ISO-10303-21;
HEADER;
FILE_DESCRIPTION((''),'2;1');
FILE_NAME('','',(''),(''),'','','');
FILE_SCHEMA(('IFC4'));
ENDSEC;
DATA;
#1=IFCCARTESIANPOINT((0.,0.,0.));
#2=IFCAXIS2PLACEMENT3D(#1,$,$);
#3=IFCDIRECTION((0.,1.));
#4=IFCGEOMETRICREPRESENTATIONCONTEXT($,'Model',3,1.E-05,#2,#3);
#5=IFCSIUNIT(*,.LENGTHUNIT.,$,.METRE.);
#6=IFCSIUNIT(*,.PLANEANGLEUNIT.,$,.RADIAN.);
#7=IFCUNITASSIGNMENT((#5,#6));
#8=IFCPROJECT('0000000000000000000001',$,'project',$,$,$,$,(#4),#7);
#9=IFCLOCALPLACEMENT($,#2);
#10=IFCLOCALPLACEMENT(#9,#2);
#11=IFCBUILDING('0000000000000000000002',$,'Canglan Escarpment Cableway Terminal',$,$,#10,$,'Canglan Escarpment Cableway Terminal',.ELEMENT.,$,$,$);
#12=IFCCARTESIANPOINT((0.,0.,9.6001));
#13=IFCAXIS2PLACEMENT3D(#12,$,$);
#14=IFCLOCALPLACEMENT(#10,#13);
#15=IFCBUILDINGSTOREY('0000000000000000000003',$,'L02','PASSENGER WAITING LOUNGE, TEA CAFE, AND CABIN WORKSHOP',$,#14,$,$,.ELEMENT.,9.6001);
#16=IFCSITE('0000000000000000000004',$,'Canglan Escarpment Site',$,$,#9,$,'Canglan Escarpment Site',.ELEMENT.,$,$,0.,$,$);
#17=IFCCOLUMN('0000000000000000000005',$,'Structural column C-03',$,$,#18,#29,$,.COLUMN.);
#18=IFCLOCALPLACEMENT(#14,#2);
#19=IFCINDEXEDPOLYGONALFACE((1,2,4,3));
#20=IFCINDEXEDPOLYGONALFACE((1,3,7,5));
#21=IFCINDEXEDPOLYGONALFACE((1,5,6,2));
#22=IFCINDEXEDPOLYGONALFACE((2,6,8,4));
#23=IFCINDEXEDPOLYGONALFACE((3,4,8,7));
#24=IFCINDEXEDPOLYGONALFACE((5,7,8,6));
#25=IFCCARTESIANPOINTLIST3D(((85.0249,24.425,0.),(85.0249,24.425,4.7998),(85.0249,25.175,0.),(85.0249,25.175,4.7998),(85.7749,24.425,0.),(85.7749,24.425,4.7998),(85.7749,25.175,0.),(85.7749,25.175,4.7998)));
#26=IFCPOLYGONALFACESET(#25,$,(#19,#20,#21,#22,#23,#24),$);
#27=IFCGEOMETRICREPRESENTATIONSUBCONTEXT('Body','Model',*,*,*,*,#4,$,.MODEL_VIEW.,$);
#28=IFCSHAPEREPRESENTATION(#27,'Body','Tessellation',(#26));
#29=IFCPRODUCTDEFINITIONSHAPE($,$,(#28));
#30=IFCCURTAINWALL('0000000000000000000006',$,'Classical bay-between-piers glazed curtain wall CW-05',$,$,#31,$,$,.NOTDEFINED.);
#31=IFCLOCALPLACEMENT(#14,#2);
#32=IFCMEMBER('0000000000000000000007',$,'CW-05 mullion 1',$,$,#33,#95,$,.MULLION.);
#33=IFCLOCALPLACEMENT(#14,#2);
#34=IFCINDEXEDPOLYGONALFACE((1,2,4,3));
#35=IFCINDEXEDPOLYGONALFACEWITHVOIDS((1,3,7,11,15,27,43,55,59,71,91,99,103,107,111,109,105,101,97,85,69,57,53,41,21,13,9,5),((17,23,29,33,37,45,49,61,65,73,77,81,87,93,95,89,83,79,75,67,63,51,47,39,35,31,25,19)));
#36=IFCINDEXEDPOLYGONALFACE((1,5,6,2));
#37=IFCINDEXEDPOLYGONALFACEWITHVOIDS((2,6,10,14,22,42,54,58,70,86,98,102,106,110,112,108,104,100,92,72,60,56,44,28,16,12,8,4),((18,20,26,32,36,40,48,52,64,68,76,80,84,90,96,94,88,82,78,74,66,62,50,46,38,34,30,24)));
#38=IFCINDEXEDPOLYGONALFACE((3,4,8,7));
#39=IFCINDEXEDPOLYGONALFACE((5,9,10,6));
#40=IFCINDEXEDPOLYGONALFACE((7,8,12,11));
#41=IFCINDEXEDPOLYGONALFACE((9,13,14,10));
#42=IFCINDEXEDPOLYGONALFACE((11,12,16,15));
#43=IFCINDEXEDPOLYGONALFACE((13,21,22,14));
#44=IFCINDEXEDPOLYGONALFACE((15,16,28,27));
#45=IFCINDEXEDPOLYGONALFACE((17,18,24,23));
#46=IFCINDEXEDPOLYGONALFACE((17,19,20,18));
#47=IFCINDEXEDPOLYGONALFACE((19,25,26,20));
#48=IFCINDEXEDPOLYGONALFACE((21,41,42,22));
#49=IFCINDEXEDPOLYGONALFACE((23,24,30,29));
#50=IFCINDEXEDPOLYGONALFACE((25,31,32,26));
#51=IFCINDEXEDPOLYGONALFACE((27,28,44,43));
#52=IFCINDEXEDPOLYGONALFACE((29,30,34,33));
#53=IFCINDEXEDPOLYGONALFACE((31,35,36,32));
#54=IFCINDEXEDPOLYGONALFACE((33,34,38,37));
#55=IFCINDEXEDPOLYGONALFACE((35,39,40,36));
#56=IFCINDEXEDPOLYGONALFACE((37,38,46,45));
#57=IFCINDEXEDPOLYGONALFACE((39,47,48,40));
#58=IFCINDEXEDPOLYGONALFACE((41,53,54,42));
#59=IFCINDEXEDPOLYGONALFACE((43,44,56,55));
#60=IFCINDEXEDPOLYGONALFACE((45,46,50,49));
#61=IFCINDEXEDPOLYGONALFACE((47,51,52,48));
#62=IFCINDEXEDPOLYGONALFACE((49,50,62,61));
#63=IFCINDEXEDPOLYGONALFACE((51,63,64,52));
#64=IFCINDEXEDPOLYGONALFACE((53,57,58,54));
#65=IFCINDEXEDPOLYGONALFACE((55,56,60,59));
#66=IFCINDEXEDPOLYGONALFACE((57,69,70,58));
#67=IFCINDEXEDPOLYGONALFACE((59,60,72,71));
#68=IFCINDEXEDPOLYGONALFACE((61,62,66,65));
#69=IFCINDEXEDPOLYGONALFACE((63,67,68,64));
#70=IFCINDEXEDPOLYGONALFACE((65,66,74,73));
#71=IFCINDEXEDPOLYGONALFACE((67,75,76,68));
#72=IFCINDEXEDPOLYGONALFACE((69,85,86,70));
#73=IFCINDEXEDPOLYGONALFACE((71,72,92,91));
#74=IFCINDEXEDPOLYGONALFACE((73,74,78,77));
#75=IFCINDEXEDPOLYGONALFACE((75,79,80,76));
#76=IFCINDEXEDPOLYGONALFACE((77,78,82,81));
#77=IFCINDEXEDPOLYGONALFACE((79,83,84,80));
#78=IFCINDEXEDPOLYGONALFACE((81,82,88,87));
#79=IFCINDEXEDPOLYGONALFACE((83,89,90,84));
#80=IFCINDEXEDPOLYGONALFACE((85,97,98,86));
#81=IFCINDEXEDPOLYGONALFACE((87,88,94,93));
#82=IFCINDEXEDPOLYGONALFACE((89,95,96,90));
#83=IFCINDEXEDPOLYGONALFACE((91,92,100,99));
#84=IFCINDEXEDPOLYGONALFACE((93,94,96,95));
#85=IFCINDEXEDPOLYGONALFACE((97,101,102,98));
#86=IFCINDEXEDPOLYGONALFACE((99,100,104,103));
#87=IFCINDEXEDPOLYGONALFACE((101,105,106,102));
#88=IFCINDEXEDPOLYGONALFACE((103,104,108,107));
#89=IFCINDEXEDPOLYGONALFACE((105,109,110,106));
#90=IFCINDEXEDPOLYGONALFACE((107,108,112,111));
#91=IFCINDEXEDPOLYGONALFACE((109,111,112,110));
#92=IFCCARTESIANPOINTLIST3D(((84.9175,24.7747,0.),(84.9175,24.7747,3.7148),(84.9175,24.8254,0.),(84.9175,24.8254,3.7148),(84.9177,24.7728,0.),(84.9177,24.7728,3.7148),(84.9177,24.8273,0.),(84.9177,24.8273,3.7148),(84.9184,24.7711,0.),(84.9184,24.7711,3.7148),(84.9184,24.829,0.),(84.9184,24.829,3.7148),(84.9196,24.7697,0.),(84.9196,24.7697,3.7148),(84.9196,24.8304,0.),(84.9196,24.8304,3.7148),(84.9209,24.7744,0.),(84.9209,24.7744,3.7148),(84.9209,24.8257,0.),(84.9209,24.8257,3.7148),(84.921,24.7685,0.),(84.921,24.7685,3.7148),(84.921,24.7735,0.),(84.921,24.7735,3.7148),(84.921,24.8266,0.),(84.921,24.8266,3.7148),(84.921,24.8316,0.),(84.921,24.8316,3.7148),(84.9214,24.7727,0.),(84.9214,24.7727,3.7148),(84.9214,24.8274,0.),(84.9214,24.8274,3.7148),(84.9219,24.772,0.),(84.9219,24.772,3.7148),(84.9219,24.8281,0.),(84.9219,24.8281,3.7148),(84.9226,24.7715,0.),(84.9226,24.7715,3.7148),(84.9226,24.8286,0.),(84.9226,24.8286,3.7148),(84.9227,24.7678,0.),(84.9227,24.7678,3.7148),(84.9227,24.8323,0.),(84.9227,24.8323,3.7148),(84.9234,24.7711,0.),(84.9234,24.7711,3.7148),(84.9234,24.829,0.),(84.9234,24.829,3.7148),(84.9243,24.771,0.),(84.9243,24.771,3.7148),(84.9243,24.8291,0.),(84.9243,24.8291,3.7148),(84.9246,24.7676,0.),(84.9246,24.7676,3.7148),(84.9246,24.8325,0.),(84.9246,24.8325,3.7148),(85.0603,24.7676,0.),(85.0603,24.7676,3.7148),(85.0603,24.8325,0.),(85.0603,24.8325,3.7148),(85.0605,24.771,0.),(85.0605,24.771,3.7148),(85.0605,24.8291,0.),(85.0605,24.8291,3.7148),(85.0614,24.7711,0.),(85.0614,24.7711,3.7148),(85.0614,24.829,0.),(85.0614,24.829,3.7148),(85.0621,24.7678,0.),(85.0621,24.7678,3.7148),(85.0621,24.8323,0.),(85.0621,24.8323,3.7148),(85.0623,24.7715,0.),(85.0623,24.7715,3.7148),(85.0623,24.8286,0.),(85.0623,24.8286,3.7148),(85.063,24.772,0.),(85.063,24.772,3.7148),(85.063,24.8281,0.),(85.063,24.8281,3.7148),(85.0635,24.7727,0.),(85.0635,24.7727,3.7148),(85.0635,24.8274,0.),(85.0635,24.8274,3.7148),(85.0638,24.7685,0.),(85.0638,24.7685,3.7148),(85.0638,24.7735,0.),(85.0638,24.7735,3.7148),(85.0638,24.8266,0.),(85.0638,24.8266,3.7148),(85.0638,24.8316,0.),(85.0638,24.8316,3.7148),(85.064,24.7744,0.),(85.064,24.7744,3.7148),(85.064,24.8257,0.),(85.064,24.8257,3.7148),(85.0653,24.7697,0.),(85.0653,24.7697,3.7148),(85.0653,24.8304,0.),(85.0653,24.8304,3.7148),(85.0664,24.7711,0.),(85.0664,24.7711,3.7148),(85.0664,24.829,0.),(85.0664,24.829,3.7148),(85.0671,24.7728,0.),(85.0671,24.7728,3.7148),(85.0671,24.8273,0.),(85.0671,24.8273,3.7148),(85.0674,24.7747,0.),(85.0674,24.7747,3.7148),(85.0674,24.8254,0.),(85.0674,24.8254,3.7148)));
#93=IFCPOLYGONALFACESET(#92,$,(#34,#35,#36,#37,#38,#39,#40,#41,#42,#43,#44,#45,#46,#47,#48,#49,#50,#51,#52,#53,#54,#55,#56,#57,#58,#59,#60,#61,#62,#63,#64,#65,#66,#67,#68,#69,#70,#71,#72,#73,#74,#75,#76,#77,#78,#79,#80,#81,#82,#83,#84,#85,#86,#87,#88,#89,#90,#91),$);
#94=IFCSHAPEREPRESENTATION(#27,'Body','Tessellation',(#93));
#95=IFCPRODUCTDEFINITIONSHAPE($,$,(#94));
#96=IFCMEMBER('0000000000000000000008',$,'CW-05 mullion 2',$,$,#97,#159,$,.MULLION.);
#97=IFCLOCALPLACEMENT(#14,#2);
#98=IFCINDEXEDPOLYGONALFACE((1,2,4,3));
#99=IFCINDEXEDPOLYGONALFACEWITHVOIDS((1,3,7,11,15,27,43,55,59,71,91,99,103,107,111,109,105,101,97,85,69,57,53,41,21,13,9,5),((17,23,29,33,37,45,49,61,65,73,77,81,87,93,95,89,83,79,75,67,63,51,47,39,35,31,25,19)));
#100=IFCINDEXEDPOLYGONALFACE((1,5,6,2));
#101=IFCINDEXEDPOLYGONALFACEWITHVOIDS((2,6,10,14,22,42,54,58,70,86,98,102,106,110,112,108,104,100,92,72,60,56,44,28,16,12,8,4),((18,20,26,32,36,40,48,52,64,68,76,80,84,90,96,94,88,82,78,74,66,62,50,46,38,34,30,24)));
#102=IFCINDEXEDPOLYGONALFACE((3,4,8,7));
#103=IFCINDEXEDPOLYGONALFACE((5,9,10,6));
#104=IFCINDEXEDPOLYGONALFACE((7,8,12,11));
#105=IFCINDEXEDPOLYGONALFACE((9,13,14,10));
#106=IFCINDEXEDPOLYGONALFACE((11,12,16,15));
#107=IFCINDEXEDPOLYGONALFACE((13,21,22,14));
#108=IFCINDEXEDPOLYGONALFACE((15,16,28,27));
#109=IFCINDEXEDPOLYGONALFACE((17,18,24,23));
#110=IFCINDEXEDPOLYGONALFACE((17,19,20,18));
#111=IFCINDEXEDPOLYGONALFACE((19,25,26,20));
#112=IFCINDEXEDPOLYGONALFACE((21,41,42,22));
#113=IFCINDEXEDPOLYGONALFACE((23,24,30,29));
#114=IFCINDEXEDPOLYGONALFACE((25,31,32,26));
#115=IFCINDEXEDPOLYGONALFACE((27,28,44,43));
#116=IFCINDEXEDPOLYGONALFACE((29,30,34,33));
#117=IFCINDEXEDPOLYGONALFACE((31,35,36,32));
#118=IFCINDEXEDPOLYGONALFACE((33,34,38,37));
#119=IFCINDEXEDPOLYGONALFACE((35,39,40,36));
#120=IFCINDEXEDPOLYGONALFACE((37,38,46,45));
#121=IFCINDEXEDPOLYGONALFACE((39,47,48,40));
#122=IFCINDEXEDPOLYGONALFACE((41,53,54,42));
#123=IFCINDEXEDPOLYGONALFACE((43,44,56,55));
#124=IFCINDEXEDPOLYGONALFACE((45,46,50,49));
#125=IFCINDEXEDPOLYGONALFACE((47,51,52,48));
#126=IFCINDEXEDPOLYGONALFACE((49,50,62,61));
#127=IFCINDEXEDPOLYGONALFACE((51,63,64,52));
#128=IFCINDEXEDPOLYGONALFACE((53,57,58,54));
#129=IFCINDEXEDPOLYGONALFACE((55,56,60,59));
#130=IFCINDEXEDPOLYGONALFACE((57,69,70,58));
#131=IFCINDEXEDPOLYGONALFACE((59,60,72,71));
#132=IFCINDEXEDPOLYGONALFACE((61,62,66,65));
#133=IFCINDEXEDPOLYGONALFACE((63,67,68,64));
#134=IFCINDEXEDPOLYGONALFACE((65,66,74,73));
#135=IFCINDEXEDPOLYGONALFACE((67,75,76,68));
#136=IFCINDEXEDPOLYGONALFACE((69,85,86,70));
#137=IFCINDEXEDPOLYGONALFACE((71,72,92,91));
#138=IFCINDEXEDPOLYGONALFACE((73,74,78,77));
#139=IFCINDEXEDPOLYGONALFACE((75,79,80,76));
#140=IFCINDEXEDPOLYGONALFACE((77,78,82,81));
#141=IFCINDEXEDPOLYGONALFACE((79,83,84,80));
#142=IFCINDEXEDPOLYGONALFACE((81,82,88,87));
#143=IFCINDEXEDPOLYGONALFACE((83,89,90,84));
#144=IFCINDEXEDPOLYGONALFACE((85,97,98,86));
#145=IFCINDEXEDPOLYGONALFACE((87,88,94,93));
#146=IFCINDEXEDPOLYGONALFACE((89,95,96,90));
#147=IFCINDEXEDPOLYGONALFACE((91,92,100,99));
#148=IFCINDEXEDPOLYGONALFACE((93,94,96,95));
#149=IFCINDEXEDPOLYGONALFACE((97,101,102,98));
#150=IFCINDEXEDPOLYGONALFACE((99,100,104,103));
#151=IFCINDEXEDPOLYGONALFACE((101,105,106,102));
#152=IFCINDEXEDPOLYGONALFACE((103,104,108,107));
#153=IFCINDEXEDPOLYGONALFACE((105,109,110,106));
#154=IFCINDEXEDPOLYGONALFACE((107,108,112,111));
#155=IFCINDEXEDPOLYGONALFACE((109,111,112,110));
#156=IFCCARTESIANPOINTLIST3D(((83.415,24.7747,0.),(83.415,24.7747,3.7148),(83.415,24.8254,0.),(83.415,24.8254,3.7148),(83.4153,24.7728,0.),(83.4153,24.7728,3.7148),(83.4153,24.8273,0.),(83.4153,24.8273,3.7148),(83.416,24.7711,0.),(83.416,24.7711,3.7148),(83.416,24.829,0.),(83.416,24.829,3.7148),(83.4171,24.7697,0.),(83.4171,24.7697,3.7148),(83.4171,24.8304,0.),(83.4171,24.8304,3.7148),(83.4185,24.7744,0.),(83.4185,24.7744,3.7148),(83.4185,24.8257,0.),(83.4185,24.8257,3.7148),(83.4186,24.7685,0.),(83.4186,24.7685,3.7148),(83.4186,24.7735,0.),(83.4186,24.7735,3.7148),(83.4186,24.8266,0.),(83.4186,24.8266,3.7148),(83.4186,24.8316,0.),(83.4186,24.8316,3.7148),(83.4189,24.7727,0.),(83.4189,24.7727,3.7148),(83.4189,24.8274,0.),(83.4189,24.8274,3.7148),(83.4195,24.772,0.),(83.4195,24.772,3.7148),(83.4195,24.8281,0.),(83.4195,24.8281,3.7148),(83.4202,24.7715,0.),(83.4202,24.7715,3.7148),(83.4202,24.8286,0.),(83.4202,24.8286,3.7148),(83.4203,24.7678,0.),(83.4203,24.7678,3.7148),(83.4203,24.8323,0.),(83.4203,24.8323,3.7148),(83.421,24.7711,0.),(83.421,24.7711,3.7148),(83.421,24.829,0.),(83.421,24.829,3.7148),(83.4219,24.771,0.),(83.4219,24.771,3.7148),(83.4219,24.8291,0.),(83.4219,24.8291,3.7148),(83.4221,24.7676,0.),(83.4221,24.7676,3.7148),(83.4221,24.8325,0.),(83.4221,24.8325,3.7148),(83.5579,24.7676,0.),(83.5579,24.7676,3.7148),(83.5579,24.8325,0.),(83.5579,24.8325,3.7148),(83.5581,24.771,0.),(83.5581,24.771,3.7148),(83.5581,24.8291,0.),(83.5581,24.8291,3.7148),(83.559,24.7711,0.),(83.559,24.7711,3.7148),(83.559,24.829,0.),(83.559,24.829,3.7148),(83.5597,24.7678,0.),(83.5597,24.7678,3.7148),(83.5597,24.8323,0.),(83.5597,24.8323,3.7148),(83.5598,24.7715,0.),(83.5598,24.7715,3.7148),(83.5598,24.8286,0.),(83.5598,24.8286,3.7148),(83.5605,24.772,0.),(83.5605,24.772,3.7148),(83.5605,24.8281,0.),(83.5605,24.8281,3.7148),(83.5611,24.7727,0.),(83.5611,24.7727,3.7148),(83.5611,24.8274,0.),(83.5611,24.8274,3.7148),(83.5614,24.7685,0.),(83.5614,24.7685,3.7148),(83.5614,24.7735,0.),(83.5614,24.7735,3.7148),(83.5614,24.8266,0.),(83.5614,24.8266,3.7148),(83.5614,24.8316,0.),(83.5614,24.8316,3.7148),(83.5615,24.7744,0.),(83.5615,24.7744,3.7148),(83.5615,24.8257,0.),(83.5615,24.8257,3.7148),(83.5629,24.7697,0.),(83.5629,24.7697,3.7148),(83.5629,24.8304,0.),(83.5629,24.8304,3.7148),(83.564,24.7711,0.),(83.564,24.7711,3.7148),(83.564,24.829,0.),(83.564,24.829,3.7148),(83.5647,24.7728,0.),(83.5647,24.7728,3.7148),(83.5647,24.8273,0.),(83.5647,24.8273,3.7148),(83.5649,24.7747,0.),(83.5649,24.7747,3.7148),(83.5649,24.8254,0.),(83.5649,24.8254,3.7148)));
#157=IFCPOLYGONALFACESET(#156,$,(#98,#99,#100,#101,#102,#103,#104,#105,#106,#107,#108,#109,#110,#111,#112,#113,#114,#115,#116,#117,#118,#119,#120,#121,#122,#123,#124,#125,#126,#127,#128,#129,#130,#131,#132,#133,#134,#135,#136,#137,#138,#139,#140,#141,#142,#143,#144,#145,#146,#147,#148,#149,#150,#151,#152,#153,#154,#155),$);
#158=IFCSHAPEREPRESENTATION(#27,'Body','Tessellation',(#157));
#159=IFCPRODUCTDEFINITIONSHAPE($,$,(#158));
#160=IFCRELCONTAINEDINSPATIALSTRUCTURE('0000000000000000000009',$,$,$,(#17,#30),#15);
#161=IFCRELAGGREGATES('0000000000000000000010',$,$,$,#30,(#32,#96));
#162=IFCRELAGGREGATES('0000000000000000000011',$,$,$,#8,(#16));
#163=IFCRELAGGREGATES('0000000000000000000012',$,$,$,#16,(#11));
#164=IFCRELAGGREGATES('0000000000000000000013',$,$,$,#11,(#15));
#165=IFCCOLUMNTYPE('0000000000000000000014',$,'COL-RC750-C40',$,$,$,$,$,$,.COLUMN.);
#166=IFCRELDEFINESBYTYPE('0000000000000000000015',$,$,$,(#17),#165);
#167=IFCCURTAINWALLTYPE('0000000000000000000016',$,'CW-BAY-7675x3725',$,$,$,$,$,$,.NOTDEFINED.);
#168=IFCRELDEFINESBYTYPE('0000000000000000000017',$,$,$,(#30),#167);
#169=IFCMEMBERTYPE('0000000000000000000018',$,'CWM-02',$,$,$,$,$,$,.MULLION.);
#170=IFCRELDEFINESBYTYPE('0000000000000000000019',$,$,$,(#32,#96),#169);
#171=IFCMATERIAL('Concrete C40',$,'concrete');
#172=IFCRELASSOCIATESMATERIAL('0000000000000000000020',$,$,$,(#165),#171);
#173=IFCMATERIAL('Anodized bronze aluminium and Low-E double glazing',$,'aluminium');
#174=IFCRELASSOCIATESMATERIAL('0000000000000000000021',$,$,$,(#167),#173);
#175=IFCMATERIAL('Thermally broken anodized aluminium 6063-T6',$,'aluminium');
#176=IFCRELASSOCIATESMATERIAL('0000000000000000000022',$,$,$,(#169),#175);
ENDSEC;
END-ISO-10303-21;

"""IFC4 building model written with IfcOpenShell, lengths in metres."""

from ifc_helpers import new_model, si_unit, direction, frame, origin, origin_2d, place, context, subcontext, project, spatial, rectangle, hollow_rectangle, extrude, material, material_profile, profile_set, type_object, element, aggregate, save


model = new_model("IFC4")

# Units and contexts
model_context = context("Model", 3, precision=1e-05, world=origin(), true_north=direction((0.0, 1.0)))
body_context = subcontext(model_context, "Body", "Model", "MODEL_VIEW")
ifc_project = project(units=[si_unit("LENGTHUNIT", "METRE"), si_unit("PLANEANGLEUNIT", "RADIAN")], contexts=[model_context])

# Site, building, storey
site_placement = place(None, origin())
site = spatial("IfcSite", under=ifc_project, at=site_placement, Name="Canglan Escarpment Site", LongName="Canglan Escarpment Site", CompositionType="ELEMENT", RefElevation=0.0)
building_placement = place(site_placement, origin())
building = spatial("IfcBuilding", under=site, at=building_placement, Name="Canglan Escarpment Cableway Terminal", LongName="Canglan Escarpment Cableway Terminal", CompositionType="ELEMENT")
storey_placement = place(building_placement, frame((0.0, 0.0, 9.6001)))
storey = spatial("IfcBuildingStorey", under=building, at=storey_placement, Name="L02", Description="PASSENGER WAITING LOUNGE, TEA CAFE, AND CABIN WORKSHOP", CompositionType="ELEMENT", Elevation=9.6001)

# Column
ifc_material_1 = material(Name="Concrete C40", Category="concrete")
ifc_material_profile_1 = material_profile(ifc_material_1, rectangle(XDim=0.75, YDim=0.75, at=origin_2d()), Name="RC 750x750")
ifc_profile_set_1 = profile_set([ifc_material_profile_1], Name="Concrete C40")
column_type = type_object("IfcColumnType", Name="COL-RC750-C40", PredefinedType="COLUMN", material=ifc_profile_set_1)
column_placement = place(storey_placement, frame((85.3999, 24.8, 0.0), z_axis=(0.0, 0.0, 1.0), x_axis=(1.0, 0.0, 0.0)))
element("IfcColumn", 1, at=column_placement, inside=storey, type_object=column_type, Name="Structural column C-03", PredefinedType="COLUMN", context=body_context, shape_type="SweptSolid", body=[
    extrude(rectangle(XDim=0.75, YDim=0.75, at=origin_2d()), origin(), (0.0, 0.0, 1.0), 4.7998),
])

# Curtain wall, members
ifc_material_2 = material(Name="Anodized bronze aluminium and Low-E double glazing", Category="aluminium")
curtain_wall_type = type_object("IfcCurtainWallType", Name="CW-BAY-7675x3725", PredefinedType="NOTDEFINED", material=ifc_material_2)
curtain_wall_1_placement = place(storey_placement, origin())
curtain_wall_1 = element("IfcCurtainWall", 2, at=curtain_wall_1_placement, inside=storey, type_object=curtain_wall_type, Name="Classical bay-between-piers glazed curtain wall CW-05", PredefinedType="NOTDEFINED")
ifc_material_3 = material(Name="Thermally broken anodized aluminium 6063-T6", Category="aluminium")
ifc_material_profile_2 = material_profile(ifc_material_3, hollow_rectangle(XDim=0.0649, YDim=0.1499, WallThickness=0.0034, InnerFilletRadius=0.0034, OuterFilletRadius=0.0071, at=origin_2d()), Name="ALU-MULL 65x150x3.5")
ifc_profile_set_2 = profile_set([ifc_material_profile_2], Name="Thermally broken anodized aluminium 6063-T6")
member_type_1 = type_object("IfcMemberType", Name="CWM-02", PredefinedType="MULLION", material=ifc_profile_set_2)
member_1_placement = place(storey_placement, frame((84.9924, 24.8, 0.0), z_axis=(0.0, 0.0, 1.0), x_axis=(0.0, -1.0, 0.0)))
member_1 = element("IfcMember", 3, at=member_1_placement, type_object=member_type_1, Name="CW-05 mullion 1", PredefinedType="MULLION", context=body_context, shape_type="SweptSolid", body=[
    extrude(hollow_rectangle(XDim=0.0649, YDim=0.1499, WallThickness=0.0034, InnerFilletRadius=0.0034, OuterFilletRadius=0.0071, at=origin_2d()), origin(), (0.0, 0.0, 1.0), 3.7148),
])
member_2_placement = place(storey_placement, frame((83.49, 24.8, 0.0), z_axis=(0.0, 0.0, 1.0), x_axis=(0.0, -1.0, 0.0)))
member_2 = element("IfcMember", 4, at=member_2_placement, type_object=member_type_1, Name="CW-05 mullion 2", PredefinedType="MULLION", context=body_context, shape_type="SweptSolid", body=[
    extrude(hollow_rectangle(XDim=0.0649, YDim=0.1499, WallThickness=0.0034, InnerFilletRadius=0.0034, OuterFilletRadius=0.0071, at=origin_2d()), origin(), (0.0, 0.0, 1.0), 3.7148),
])

aggregate(curtain_wall_1, [member_1, member_2])

save(model, "model.ifc")
